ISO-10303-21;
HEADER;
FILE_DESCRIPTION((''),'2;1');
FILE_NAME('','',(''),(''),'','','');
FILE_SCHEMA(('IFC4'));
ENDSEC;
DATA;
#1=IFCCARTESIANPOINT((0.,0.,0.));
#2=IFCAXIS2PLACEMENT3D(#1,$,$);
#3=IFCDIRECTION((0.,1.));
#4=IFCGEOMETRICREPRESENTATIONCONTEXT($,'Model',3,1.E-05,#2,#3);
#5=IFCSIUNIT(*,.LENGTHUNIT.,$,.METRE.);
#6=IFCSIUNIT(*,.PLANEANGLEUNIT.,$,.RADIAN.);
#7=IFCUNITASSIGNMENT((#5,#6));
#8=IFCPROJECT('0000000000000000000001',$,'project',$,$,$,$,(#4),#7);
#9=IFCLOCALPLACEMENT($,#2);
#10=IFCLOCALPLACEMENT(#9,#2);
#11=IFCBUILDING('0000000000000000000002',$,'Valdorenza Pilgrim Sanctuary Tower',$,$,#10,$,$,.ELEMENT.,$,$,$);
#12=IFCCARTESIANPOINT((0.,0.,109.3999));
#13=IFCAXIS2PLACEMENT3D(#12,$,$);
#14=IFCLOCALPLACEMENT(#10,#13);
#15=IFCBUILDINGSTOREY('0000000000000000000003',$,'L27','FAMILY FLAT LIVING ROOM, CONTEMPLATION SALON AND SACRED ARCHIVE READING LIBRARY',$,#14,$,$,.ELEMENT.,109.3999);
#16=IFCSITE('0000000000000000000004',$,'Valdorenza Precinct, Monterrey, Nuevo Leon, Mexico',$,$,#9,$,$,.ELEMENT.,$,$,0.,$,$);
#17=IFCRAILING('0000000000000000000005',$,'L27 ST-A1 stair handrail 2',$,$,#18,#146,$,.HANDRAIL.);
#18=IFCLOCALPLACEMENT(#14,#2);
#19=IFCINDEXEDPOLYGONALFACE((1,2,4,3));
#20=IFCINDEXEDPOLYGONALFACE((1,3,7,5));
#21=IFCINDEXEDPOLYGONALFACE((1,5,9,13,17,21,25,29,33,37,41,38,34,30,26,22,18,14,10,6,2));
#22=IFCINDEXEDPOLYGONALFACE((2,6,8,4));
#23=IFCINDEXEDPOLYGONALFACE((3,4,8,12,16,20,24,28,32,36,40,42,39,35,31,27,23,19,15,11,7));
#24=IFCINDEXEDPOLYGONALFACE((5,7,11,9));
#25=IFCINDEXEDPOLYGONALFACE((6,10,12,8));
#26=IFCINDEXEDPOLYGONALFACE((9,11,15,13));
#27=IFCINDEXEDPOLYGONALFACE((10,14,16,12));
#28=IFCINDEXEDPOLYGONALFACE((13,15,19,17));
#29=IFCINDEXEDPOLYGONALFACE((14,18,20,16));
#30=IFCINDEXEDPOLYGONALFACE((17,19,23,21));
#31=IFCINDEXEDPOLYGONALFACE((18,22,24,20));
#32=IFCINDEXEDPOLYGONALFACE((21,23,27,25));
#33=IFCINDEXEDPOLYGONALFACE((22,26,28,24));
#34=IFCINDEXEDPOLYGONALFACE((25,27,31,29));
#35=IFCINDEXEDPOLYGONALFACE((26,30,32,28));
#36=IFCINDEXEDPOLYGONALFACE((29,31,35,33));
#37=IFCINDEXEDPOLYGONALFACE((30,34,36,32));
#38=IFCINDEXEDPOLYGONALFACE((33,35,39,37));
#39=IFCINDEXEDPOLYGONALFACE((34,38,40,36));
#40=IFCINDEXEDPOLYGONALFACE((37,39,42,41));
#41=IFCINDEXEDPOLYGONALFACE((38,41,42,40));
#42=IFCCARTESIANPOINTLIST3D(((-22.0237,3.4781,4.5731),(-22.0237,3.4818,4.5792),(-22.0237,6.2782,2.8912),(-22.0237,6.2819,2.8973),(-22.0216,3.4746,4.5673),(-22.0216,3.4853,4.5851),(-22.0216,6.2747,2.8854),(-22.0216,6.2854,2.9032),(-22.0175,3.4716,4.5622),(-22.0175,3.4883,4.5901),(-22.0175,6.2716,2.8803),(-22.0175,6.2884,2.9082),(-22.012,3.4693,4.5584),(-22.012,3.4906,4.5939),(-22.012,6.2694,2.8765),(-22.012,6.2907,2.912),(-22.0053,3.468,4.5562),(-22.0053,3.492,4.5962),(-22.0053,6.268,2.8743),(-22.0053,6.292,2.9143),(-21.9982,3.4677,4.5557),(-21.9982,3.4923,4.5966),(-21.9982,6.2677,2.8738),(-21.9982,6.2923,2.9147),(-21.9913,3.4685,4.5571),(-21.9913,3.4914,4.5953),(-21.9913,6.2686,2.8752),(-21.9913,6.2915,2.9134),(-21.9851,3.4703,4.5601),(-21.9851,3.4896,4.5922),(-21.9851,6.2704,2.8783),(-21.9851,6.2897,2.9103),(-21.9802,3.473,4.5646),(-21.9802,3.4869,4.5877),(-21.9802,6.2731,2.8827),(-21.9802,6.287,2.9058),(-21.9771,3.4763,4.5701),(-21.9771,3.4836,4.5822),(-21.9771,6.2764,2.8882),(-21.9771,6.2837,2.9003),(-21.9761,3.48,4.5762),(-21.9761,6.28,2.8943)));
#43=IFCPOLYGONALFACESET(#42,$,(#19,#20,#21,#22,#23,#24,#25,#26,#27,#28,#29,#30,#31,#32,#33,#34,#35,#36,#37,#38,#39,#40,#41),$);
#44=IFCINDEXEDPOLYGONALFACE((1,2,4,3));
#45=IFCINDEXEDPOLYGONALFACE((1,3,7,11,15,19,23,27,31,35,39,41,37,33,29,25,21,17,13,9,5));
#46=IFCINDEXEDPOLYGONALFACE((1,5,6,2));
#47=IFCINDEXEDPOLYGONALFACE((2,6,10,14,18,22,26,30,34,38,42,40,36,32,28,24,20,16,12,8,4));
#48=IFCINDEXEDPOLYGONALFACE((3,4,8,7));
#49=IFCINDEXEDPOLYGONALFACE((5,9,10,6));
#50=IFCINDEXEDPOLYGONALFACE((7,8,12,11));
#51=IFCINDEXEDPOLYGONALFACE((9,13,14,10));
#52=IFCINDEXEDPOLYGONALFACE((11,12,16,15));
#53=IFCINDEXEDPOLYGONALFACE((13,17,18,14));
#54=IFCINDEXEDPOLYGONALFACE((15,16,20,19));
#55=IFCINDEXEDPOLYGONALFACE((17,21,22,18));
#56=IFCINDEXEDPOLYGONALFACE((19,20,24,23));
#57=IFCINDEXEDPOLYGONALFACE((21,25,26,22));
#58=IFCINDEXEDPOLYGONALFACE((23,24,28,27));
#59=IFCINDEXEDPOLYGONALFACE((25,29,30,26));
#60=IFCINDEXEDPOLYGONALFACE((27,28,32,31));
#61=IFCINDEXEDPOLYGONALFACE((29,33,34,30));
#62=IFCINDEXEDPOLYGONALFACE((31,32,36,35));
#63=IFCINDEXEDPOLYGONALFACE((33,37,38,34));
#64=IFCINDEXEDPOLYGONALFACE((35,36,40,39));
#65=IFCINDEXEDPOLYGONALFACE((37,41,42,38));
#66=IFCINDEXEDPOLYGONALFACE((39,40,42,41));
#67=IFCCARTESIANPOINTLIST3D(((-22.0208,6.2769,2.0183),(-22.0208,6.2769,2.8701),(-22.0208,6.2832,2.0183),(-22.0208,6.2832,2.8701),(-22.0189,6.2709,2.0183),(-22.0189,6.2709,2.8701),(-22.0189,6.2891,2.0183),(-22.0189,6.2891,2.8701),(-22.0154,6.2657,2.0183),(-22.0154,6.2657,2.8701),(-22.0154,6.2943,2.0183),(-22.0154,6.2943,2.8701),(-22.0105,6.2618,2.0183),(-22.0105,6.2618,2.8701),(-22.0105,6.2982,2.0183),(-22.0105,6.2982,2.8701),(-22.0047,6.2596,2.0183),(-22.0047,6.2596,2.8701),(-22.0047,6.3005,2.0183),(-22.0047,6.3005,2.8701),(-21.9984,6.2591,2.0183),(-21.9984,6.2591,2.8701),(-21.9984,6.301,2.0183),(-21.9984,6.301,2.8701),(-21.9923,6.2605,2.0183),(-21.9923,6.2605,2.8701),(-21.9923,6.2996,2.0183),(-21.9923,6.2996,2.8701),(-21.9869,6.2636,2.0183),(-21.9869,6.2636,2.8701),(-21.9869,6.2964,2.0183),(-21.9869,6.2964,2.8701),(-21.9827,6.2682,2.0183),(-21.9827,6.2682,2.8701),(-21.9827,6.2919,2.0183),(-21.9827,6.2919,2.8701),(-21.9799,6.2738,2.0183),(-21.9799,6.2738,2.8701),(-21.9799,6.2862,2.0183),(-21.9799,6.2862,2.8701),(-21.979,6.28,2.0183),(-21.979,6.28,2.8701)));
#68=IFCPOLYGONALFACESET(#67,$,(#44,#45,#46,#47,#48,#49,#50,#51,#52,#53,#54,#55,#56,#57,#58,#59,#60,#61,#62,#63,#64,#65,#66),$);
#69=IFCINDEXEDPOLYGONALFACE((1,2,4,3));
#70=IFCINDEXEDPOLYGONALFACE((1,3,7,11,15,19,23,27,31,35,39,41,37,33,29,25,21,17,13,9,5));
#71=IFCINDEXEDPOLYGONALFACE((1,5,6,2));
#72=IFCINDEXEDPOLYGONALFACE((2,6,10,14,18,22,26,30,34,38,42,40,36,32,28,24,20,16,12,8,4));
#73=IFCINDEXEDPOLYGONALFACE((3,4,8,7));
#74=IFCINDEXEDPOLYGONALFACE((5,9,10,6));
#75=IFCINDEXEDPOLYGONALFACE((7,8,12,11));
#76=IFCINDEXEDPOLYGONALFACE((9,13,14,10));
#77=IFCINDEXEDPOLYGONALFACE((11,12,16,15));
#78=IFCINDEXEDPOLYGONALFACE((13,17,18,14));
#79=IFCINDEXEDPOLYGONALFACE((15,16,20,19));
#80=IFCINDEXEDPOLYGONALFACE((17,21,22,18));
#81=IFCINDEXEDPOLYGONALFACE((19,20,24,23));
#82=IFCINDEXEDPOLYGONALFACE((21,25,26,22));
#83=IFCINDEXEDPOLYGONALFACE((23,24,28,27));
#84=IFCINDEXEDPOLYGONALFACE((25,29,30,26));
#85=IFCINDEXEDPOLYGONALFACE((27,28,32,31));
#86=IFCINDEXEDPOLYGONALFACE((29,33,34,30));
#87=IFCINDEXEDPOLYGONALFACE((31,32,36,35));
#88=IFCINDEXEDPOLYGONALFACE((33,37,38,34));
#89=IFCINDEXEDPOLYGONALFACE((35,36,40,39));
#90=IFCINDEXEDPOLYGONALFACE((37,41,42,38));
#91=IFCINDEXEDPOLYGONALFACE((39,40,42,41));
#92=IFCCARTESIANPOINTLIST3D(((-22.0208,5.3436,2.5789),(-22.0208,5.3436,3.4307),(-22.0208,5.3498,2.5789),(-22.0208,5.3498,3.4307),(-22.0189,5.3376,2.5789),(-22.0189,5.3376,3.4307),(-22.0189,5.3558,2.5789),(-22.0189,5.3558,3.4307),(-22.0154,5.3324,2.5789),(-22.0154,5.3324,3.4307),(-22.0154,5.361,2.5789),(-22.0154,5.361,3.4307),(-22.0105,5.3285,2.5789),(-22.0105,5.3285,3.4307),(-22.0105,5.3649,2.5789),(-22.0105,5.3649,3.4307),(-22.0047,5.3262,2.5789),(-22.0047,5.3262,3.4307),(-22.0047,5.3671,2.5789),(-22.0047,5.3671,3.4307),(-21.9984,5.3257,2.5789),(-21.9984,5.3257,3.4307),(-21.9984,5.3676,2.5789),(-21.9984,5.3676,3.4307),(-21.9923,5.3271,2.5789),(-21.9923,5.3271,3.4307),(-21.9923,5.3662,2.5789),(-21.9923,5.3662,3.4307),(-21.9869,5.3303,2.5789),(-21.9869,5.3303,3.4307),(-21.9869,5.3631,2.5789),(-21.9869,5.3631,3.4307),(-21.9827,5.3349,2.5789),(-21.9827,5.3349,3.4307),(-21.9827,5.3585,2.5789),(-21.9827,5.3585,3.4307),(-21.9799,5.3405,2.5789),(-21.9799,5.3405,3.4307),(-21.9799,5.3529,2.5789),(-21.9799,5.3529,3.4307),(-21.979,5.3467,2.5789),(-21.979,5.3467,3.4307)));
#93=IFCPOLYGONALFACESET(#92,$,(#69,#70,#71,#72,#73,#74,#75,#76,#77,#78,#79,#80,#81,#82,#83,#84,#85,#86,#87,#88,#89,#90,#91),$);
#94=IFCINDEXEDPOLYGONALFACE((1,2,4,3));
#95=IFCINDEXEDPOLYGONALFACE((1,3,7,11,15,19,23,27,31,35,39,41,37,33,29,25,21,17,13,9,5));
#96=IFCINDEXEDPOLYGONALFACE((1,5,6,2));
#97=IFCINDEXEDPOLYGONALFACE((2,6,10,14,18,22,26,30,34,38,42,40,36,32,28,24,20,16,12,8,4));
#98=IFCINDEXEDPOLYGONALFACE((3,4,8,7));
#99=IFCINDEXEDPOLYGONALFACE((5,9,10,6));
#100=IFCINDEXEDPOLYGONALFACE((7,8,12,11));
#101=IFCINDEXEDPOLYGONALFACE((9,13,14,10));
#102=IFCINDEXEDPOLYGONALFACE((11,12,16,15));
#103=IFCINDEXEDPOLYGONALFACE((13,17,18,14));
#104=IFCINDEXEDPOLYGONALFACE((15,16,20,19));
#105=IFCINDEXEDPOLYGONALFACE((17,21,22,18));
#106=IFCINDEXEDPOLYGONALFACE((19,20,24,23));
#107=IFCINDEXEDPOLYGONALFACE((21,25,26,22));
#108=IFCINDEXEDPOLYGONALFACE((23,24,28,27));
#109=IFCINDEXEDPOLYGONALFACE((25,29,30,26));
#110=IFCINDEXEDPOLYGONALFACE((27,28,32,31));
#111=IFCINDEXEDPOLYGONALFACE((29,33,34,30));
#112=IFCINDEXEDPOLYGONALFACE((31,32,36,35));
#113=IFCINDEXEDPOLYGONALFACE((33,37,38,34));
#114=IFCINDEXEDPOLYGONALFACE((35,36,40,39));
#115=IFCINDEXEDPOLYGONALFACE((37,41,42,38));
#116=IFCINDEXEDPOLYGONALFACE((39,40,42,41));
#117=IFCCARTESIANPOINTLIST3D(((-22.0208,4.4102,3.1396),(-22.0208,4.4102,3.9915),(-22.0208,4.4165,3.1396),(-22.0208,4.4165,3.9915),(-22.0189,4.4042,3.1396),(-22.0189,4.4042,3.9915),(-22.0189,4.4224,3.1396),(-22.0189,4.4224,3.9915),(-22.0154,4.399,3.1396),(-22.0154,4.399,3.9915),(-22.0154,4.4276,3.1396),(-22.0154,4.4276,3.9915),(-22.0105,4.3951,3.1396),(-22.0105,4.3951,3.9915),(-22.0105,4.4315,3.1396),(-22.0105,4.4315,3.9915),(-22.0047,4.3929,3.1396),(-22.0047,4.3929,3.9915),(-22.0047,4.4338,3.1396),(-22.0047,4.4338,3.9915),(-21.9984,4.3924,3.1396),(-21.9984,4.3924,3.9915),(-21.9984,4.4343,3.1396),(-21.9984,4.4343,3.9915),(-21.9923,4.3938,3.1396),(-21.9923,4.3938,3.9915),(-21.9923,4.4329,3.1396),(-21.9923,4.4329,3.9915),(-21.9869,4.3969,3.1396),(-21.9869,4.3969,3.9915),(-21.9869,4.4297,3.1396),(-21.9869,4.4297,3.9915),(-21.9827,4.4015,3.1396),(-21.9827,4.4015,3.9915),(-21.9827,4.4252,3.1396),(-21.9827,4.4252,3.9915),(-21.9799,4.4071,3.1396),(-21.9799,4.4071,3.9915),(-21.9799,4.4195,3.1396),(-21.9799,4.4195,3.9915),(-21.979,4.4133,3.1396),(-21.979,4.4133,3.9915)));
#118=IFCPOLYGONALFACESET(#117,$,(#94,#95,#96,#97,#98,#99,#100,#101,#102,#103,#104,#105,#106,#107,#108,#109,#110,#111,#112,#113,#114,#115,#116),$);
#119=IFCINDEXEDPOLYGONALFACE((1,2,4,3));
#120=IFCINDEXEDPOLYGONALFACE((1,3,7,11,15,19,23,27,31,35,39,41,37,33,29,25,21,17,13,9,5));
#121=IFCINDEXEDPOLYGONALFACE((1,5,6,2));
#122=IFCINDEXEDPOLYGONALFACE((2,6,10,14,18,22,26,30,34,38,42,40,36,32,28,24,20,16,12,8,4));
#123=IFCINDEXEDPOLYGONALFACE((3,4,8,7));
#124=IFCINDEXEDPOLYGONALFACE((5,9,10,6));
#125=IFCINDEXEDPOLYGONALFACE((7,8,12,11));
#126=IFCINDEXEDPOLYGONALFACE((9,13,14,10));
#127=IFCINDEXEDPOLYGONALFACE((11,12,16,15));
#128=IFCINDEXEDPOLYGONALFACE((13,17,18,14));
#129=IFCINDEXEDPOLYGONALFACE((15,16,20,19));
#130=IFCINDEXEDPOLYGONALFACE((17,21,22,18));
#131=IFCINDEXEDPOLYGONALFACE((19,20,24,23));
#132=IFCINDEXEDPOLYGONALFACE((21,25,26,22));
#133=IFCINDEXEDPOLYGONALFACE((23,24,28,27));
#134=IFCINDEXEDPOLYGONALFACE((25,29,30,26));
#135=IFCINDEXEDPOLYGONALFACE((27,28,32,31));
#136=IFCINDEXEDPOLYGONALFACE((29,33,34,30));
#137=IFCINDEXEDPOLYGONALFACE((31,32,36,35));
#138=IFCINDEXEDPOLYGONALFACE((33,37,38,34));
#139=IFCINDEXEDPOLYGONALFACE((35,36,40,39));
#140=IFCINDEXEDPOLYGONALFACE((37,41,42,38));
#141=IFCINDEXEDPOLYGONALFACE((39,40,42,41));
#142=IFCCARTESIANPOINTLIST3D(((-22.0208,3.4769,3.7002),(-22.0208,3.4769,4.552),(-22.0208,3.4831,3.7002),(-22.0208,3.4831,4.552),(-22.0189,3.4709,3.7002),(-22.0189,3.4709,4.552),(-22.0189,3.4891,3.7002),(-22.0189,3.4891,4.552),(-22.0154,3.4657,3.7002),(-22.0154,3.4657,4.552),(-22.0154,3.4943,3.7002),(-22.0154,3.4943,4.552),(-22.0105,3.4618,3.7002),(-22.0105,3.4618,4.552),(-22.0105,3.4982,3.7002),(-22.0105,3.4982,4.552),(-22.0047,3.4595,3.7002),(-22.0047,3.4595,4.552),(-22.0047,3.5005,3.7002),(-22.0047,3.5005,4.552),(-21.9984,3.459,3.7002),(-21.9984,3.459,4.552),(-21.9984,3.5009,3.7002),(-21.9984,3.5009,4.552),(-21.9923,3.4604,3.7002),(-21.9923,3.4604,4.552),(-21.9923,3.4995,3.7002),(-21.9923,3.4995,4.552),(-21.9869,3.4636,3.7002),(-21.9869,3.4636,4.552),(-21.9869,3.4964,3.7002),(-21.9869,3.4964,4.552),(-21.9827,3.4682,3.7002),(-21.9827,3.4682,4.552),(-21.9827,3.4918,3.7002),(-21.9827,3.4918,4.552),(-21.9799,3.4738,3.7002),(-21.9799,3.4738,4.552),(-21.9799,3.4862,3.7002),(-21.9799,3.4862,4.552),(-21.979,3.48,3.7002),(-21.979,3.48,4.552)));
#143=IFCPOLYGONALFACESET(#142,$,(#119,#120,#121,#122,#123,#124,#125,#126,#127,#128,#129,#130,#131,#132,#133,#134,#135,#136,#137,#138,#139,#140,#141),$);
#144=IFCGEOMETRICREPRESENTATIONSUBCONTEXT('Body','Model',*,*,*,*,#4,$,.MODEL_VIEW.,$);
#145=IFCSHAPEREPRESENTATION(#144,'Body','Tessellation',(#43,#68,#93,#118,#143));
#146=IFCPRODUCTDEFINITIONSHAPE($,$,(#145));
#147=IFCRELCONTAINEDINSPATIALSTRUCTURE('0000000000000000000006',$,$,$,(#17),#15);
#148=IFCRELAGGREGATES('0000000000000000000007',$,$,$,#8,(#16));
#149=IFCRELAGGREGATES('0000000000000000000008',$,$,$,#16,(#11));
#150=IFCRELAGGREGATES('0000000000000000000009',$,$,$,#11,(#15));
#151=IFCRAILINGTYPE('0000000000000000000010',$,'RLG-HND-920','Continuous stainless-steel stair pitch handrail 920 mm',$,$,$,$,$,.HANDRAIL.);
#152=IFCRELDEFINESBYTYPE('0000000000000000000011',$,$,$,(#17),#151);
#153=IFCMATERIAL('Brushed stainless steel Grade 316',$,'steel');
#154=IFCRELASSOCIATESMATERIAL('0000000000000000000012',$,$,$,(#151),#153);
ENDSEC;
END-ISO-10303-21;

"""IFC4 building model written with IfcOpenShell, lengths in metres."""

from ifc_helpers import new_model, si_unit, direction, frame, origin, origin_2d, place, context, subcontext, project, spatial, circle, extrude, material, type_object, element, save


model = new_model("IFC4")

# Units and contexts
model_context = context("Model", 3, precision=1e-05, world=origin(), true_north=direction((0.0, 1.0)))
body_context = subcontext(model_context, "Body", "Model", "MODEL_VIEW")
ifc_project = project(units=[si_unit("LENGTHUNIT", "METRE"), si_unit("PLANEANGLEUNIT", "RADIAN")], contexts=[model_context])

# Site, building, storey
site_placement = place(None, origin())
site = spatial("IfcSite", under=ifc_project, at=site_placement, Name="Valdorenza Precinct, Monterrey, Nuevo Leon, Mexico", CompositionType="ELEMENT", RefElevation=0.0)
building_placement = place(site_placement, origin())
building = spatial("IfcBuilding", under=site, at=building_placement, Name="Valdorenza Pilgrim Sanctuary Tower", CompositionType="ELEMENT")
storey_placement = place(building_placement, frame((0.0, 0.0, 109.3999)))
storey = spatial("IfcBuildingStorey", under=building, at=storey_placement, Name="L27", Description="FAMILY FLAT LIVING ROOM, CONTEMPLATION SALON AND SACRED ARCHIVE READING LIBRARY", CompositionType="ELEMENT", Elevation=109.3999)

# Shared definitions
ifc_material_1 = material(Name="Brushed stainless steel Grade 316", Category="steel")

# Railing
railing_type_1 = type_object("IfcRailingType", Name="RLG-HND-920", Description="Continuous stainless-steel stair pitch handrail 920 mm", PredefinedType="HANDRAIL", material=ifc_material_1)
railing_1_placement = place(storey_placement, frame((-22.0, 6.28, 2.0183)))
element("IfcRailing", 1, at=railing_1_placement, inside=storey, type_object=railing_type_1, Name="L27 ST-A1 stair handrail 2", PredefinedType="HANDRAIL", context=body_context, shape_type="SweptSolid", body=[
    extrude(circle(Radius=0.0239, at=origin_2d()), frame((0.0, 0.0, 0.876), z_axis=(0.0, -0.857242, 0.514913), x_axis=(1.0, 0.0, 0.0)), (0.0, 0.0, 1.0), 3.2664),
    extrude(circle(Radius=0.021, at=origin_2d()), origin(), (0.0, 0.0, 1.0), 0.8518),
    extrude(circle(Radius=0.021, at=origin_2d()), frame((0.0, -0.9333, 0.5605)), (0.0, 0.0, 1.0), 0.8518),
    extrude(circle(Radius=0.021, at=origin_2d()), frame((0.0, -1.8667, 1.1213)), (0.0, 0.0, 1.0), 0.8518),
    extrude(circle(Radius=0.021, at=origin_2d()), frame((0.0, -2.8, 1.6819)), (0.0, 0.0, 1.0), 0.8518),
])

save(model, "model.ifc")
